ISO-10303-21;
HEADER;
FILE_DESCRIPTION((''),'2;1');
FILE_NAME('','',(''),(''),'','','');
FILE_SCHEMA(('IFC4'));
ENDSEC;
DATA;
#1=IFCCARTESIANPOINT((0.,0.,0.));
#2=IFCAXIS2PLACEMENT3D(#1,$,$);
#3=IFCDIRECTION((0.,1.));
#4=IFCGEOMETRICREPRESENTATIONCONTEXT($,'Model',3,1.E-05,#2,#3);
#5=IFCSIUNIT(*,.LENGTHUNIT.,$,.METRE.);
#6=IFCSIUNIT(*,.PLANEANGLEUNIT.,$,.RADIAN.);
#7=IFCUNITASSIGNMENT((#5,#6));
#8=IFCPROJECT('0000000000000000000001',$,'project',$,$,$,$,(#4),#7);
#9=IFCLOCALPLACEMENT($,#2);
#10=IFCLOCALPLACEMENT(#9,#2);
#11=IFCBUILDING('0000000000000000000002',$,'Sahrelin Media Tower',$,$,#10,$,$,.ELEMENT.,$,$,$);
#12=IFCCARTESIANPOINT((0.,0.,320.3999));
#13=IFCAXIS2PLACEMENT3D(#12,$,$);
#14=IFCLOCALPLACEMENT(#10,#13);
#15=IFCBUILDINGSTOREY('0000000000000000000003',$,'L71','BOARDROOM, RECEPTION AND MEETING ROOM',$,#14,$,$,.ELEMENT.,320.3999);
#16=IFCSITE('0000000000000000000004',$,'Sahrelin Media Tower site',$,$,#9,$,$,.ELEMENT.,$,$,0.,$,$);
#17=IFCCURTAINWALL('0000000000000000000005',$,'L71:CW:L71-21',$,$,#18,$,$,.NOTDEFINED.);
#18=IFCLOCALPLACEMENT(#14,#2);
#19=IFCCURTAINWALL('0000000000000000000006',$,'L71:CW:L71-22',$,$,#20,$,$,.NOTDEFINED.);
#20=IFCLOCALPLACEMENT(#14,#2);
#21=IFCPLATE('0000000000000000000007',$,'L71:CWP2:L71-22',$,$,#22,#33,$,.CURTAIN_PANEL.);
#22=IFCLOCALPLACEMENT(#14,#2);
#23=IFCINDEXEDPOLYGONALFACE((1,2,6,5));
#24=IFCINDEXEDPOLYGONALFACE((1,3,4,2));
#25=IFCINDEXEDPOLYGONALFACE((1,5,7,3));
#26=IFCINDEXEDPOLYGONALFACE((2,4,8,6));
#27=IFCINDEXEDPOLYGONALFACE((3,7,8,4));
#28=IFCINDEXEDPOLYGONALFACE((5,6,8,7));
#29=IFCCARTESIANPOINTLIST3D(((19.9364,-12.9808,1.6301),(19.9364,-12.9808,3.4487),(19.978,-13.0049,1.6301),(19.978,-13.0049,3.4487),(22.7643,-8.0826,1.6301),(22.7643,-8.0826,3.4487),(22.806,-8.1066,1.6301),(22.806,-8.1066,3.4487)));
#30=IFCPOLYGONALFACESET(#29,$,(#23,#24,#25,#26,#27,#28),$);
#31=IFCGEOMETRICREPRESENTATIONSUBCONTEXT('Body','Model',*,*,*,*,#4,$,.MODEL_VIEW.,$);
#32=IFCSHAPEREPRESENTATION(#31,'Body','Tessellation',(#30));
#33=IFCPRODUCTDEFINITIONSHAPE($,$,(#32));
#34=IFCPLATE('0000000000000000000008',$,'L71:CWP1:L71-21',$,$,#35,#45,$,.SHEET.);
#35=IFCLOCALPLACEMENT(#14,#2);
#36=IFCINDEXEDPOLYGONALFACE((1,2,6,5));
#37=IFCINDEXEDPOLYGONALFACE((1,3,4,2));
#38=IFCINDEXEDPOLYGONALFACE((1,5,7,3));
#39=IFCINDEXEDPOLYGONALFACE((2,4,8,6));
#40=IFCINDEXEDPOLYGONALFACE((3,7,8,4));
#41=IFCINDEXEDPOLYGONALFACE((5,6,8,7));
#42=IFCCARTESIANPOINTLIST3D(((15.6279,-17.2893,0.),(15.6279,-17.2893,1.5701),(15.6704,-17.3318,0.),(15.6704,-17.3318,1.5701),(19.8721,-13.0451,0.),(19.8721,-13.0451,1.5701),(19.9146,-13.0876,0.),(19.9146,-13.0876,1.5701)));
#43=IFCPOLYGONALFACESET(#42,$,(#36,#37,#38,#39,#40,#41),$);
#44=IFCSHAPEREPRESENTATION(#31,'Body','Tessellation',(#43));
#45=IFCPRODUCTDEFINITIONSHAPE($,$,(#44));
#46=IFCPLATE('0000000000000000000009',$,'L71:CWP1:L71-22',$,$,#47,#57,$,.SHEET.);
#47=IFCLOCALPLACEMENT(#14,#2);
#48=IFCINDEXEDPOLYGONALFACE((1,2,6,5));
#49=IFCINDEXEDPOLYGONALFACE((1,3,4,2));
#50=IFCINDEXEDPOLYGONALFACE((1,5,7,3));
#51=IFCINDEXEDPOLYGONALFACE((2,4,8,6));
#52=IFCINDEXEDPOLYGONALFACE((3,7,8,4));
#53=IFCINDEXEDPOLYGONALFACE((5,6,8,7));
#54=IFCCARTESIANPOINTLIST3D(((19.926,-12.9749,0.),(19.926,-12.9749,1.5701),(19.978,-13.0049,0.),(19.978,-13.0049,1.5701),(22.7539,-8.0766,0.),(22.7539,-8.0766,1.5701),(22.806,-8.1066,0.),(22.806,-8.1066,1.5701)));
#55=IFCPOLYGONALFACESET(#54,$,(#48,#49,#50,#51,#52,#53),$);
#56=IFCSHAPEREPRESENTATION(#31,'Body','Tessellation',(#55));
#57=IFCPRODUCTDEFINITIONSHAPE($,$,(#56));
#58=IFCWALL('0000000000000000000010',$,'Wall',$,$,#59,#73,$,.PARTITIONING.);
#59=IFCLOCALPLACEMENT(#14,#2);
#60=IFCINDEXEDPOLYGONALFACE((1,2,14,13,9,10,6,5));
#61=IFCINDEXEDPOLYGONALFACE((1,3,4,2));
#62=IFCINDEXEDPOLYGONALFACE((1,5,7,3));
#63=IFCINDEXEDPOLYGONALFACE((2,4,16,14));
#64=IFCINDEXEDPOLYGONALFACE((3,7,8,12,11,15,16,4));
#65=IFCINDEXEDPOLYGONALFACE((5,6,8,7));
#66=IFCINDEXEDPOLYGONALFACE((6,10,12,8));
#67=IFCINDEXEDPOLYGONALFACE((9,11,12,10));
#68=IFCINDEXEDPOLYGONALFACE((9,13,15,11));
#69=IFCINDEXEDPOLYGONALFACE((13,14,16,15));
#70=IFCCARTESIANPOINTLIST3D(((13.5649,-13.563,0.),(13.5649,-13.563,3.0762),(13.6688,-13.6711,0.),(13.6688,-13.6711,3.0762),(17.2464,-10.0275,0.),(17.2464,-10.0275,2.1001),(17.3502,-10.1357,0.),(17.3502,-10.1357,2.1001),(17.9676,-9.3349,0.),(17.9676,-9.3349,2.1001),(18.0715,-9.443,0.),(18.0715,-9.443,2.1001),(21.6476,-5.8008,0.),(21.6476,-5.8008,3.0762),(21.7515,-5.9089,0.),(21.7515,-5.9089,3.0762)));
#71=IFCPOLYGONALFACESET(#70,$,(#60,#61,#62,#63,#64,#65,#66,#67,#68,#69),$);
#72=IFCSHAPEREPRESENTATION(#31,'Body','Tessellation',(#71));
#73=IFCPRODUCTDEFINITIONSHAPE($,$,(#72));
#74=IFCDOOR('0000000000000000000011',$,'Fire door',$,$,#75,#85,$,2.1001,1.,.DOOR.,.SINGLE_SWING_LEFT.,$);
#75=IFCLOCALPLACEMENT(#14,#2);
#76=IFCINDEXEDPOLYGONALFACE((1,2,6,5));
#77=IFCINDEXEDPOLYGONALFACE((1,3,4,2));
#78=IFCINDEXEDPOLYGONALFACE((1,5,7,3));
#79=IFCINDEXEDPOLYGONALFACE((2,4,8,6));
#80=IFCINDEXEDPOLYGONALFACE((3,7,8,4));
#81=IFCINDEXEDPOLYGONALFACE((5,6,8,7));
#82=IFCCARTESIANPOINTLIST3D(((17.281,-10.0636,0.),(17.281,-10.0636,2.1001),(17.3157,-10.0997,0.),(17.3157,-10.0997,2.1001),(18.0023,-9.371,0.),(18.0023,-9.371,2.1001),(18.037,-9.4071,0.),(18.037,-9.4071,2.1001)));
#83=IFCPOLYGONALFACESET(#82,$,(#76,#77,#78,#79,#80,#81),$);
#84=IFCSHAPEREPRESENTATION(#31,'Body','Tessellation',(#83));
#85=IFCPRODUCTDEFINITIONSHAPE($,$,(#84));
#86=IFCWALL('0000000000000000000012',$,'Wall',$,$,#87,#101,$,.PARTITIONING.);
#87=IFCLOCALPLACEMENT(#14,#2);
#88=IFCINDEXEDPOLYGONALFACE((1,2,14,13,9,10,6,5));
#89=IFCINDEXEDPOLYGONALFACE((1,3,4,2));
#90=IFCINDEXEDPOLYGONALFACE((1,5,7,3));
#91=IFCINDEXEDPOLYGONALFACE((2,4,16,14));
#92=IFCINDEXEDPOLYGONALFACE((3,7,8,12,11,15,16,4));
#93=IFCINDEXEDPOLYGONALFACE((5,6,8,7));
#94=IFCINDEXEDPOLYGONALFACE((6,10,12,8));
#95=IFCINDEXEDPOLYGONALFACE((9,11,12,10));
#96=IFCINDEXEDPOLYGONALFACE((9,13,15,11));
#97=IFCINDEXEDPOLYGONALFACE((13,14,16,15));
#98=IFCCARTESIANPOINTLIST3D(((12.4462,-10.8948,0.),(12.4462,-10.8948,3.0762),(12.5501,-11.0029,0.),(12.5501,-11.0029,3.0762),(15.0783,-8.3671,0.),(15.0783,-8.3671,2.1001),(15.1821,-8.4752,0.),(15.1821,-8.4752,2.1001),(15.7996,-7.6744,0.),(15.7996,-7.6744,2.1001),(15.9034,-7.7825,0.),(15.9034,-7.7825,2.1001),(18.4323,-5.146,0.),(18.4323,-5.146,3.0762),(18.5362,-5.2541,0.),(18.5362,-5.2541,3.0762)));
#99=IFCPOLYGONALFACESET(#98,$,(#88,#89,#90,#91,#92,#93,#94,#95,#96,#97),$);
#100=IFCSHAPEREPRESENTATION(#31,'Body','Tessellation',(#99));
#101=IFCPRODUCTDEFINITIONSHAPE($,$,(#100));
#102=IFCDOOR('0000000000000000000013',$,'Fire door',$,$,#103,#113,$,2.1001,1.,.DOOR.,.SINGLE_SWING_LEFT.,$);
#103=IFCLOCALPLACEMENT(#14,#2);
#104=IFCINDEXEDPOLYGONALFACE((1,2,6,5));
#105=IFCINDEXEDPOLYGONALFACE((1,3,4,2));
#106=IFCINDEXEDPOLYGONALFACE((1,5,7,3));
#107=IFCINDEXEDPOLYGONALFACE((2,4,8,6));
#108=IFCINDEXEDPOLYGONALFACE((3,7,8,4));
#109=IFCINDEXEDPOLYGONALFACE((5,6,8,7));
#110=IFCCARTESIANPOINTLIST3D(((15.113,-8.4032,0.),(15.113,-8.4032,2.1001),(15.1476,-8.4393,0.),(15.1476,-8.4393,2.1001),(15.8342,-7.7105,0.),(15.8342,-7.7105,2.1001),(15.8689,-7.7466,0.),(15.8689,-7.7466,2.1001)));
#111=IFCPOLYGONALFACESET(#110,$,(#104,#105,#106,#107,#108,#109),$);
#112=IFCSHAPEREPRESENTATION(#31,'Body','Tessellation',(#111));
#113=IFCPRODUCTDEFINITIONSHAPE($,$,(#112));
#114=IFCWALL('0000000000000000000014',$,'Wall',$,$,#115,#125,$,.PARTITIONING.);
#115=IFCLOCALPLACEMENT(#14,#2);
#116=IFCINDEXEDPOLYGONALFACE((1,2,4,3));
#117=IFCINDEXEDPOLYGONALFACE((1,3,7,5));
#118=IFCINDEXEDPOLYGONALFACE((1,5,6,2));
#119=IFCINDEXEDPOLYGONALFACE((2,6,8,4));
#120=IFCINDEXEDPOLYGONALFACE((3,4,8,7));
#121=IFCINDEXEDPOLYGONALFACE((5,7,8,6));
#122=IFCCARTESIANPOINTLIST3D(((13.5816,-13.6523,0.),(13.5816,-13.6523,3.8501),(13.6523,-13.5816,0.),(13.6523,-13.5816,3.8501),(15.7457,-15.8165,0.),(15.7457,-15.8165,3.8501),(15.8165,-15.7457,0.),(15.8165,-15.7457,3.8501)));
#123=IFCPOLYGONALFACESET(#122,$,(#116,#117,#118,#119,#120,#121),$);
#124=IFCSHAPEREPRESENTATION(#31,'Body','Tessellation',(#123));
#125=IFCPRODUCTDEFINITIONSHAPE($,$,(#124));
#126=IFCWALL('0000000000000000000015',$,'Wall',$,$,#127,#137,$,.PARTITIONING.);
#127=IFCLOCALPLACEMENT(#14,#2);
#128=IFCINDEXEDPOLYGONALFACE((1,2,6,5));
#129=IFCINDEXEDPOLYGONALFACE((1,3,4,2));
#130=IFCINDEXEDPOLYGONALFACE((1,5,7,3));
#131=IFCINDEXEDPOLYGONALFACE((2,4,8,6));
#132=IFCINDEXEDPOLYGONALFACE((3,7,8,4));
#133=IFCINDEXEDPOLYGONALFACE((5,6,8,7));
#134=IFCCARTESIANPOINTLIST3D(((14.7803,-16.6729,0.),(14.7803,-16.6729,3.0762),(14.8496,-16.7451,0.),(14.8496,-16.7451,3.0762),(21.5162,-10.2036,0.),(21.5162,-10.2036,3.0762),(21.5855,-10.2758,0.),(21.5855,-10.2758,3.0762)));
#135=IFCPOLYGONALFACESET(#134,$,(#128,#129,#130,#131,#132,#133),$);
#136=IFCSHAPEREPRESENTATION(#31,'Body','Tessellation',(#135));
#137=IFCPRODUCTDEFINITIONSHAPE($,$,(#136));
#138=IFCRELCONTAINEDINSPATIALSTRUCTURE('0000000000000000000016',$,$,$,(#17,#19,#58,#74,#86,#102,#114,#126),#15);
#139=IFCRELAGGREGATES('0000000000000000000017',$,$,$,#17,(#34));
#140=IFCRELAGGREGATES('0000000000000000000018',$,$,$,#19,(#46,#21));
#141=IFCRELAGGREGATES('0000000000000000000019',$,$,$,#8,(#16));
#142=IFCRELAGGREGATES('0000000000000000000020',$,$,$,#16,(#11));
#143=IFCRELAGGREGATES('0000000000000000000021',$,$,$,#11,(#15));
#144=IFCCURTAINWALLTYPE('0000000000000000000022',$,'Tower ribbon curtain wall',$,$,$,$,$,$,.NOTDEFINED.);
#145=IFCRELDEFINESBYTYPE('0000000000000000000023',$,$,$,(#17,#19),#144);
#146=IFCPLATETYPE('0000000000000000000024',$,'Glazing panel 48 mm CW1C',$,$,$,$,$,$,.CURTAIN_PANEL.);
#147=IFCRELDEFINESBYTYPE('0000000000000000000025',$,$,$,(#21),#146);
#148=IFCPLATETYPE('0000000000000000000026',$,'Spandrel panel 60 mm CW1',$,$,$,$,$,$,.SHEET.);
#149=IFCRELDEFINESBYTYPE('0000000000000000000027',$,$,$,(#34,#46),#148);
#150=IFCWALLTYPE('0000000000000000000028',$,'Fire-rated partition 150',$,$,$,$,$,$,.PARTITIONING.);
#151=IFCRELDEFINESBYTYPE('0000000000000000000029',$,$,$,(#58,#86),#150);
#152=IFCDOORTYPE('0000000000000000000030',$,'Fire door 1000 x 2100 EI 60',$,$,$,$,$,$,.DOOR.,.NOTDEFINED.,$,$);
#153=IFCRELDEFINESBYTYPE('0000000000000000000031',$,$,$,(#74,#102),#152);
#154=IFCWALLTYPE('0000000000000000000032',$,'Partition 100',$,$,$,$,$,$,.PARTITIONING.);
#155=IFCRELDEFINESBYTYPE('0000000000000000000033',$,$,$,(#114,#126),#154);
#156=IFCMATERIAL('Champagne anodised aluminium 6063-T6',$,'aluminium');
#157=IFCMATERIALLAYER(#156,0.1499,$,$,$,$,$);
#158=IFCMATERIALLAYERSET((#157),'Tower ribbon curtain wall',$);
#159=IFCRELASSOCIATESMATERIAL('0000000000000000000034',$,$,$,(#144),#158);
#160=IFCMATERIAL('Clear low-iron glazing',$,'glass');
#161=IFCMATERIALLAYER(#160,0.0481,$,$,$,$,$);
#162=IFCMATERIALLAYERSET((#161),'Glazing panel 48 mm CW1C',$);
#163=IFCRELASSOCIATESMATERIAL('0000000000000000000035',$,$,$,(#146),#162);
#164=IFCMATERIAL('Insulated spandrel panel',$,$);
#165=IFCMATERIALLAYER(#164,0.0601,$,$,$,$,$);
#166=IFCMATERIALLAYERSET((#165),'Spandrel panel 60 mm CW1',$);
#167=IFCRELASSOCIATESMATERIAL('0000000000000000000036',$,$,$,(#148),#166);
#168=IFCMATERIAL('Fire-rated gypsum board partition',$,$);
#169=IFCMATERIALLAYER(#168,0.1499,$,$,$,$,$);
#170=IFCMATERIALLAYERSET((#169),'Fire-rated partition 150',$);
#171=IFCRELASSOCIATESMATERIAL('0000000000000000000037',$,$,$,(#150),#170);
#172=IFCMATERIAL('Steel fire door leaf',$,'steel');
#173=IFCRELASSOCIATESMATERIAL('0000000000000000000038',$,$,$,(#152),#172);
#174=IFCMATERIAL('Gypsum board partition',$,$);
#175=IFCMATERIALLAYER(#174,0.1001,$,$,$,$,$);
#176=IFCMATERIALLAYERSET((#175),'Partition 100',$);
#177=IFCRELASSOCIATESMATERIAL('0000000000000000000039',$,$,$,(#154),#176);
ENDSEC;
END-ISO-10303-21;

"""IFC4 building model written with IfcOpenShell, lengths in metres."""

from ifc_helpers import new_model, si_unit, direction, frame, frame_2d, origin, place, context, subcontext, project, spatial, polyline, rectangle, outline, extrude, material, layer, layer_set, type_object, element, fill, aggregate, save


model = new_model("IFC4")

# Units and contexts
model_context = context("Model", 3, precision=1e-05, world=origin(), true_north=direction((0.0, 1.0)))
body_context = subcontext(model_context, "Body", "Model", "MODEL_VIEW")
ifc_project = project(units=[si_unit("LENGTHUNIT", "METRE"), si_unit("PLANEANGLEUNIT", "RADIAN")], contexts=[model_context])

# Site, building, storey
site_placement = place(None, origin())
site = spatial("IfcSite", under=ifc_project, at=site_placement, Name="Sahrelin Media Tower site", CompositionType="ELEMENT", RefElevation=0.0)
building_placement = place(site_placement, origin())
building = spatial("IfcBuilding", under=site, at=building_placement, Name="Sahrelin Media Tower", CompositionType="ELEMENT")
storey_placement = place(building_placement, frame((0.0, 0.0, 320.3999)))
storey = spatial("IfcBuildingStorey", under=building, at=storey_placement, Name="L71", Description="BOARDROOM, RECEPTION AND MEETING ROOM", CompositionType="ELEMENT", Elevation=320.3999)

# Curtain wall
ifc_material_1 = material(Name="Champagne anodised aluminium 6063-T6", Category="aluminium")
ifc_layer_1 = layer(ifc_material_1, 0.1499)
ifc_layer_set_1 = layer_set([ifc_layer_1], Name="Tower ribbon curtain wall")
curtain_wall_type = type_object("IfcCurtainWallType", Name="Tower ribbon curtain wall", PredefinedType="NOTDEFINED", material=ifc_layer_set_1)
curtain_wall_1_placement = place(storey_placement, frame((17.7783, -15.1956, 0.0), z_axis=(0.0, 0.0, 1.0), x_axis=(1.0, 0.0, 0.0)))
curtain_wall_1 = element("IfcCurtainWall", 1, at=curtain_wall_1_placement, inside=storey, type_object=curtain_wall_type, Name="L71:CW:L71-21", PredefinedType="NOTDEFINED")

# Curtain wall
curtain_wall_2_placement = place(storey_placement, frame((21.3748, -10.5459, 0.0), z_axis=(0.0, 0.0, 1.0), x_axis=(1.0, 0.0, 0.0)))
curtain_wall_2 = element("IfcCurtainWall", 2, at=curtain_wall_2_placement, inside=storey, type_object=curtain_wall_type, Name="L71:CW:L71-22", PredefinedType="NOTDEFINED")

# Plates
ifc_material_2 = material(Name="Clear low-iron glazing", Category="glass")
ifc_layer_2 = layer(ifc_material_2, 0.0481)
ifc_layer_set_2 = layer_set([ifc_layer_2], Name="Glazing panel 48 mm CW1C")
plate_type_1 = type_object("IfcPlateType", Name="Glazing panel 48 mm CW1C", PredefinedType="CURTAIN_PANEL", material=ifc_layer_set_2)
plate_1_placement = place(storey_placement, frame((19.978, -13.0049, 1.6301), z_axis=(0.866032, -0.499988, 0.0), x_axis=(0.499988, 0.866032, 0.0)))
plate_1 = element("IfcPlate", 3, at=plate_1_placement, type_object=plate_type_1, Name="L71:CWP2:L71-22", PredefinedType="CURTAIN_PANEL", context=body_context, shape_type="SweptSolid", body=[
    extrude(outline(polyline([(0.0, 0.0), (5.656, 0.0), (5.656, 1.8186), (0.0, 1.8186), (0.0, 0.0)])), origin(), (0.0, 0.0, -1.0), 0.0481),
])
ifc_material_3 = material(Name="Insulated spandrel panel")
ifc_layer_3 = layer(ifc_material_3, 0.0601)
ifc_layer_set_3 = layer_set([ifc_layer_3], Name="Spandrel panel 60 mm CW1")
plate_type_2 = type_object("IfcPlateType", Name="Spandrel panel 60 mm CW1", PredefinedType="SHEET", material=ifc_layer_set_3)
plate_2_placement = place(storey_placement, frame((15.6704, -17.3318, 0.0), z_axis=(0.707107, -0.707107, 0.0), x_axis=(0.707107, 0.707107, 0.0)))
plate_2 = element("IfcPlate", 4, at=plate_2_placement, type_object=plate_type_2, Name="L71:CWP1:L71-21", PredefinedType="SHEET", context=body_context, shape_type="SweptSolid", body=[
    extrude(outline(polyline([(0.0, 0.0), (6.0022, 0.0), (6.0022, 1.5701), (0.0, 1.5701), (0.0, 0.0)])), origin(), (0.0, 0.0, -1.0), 0.0601),
])
aggregate(curtain_wall_1, [plate_2])
plate_3_placement = place(storey_placement, frame((19.978, -13.0049, 0.0), z_axis=(0.866032, -0.499988, 0.0), x_axis=(0.499988, 0.866032, 0.0)))
plate_3 = element("IfcPlate", 5, at=plate_3_placement, type_object=plate_type_2, Name="L71:CWP1:L71-22", PredefinedType="SHEET", context=body_context, shape_type="SweptSolid", body=[
    extrude(outline(polyline([(0.0, 0.0), (5.656, 0.0), (5.656, 1.5701), (0.0, 1.5701), (0.0, 0.0)])), origin(), (0.0, 0.0, -1.0), 0.0601),
])
aggregate(curtain_wall_2, [plate_3, plate_1])

# Walls, openings, doors
ifc_material_4 = material(Name="Fire-rated gypsum board partition")
ifc_layer_4 = layer(ifc_material_4, 0.1499)
ifc_layer_set_4 = layer_set([ifc_layer_4], Name="Fire-rated partition 150")
wall_type_1 = type_object("IfcWallType", Name="Fire-rated partition 150", PredefinedType="PARTITIONING", material=ifc_layer_set_4)
wall_1_placement = place(storey_placement, frame((13.6169, -13.6169, 0.0), z_axis=(0.0, 0.0, 1.0), x_axis=(0.721265, 0.69266, 0.0)))
wall_1 = element("IfcWall", 6, at=wall_1_placement, inside=storey, type_object=wall_type_1, Name="Wall", PredefinedType="PARTITIONING", context=body_context, shape_type="SweptSolid", body=[
    extrude(rectangle(XDim=11.2063, YDim=0.1499, at=frame_2d((5.603, 0.0))), origin(), (0.0, 0.0, 1.0), 3.0762),
])
opening_1_placement = place(wall_1_placement, frame((5.104, 0.0, 0.0)))
opening_1 = element("IfcOpeningElement", 7, at=opening_1_placement, cuts=wall_1, PredefinedType="OPENING", context=body_context, shape_type="SweptSolid", body=[
    extrude(rectangle(XDim=1.0, YDim=2.1001, at=frame_2d((0.5, 1.05))), frame((0.0, 0.075, 0.0), z_axis=(0.0, -1.0, 0.0), x_axis=(1.0, 0.0, 0.0)), (0.0, 0.0, 1.0), 0.1499),
])
ifc_material_5 = material(Name="Steel fire door leaf", Category="steel")
door_type = type_object("IfcDoorType", Name="Fire door 1000 x 2100 EI 60", OperationType="NOTDEFINED", PredefinedType="DOOR", material=ifc_material_5)
door_1_placement = place(opening_1_placement, origin())
door_1 = element("IfcDoor", 8, at=door_1_placement, inside=storey, type_object=door_type, Name="Fire door", OperationType="SINGLE_SWING_LEFT", OverallHeight=2.1001, OverallWidth=1.0, PredefinedType="DOOR", context=body_context, shape_type="SweptSolid", body=[
    extrude(rectangle(XDim=1.0, YDim=2.1001, at=frame_2d((0.5, 1.05))), frame((0.0, 0.0249, 0.0), z_axis=(0.0, -1.0, 0.0), x_axis=(1.0, 0.0, 0.0)), (0.0, 0.0, 1.0), 0.05),
])
fill(opening_1, door_1)
wall_2_placement = place(storey_placement, frame((12.498, -10.949, 0.0), z_axis=(0.0, 0.0, 1.0), x_axis=(0.721259, 0.692666, 0.0)))
wall_2 = element("IfcWall", 9, at=wall_2_placement, inside=storey, type_object=wall_type_1, Name="Wall", PredefinedType="PARTITIONING", context=body_context, shape_type="SweptSolid", body=[
    extrude(rectangle(XDim=8.2996, YDim=0.1499, at=frame_2d((4.1499, 0.0))), origin(), (0.0, 0.0, 1.0), 3.0762),
])
opening_2_placement = place(wall_2_placement, frame((3.6494, 0.0, 0.0)))
opening_2 = element("IfcOpeningElement", 10, at=opening_2_placement, cuts=wall_2, PredefinedType="OPENING", context=body_context, shape_type="SweptSolid", body=[
    extrude(rectangle(XDim=1.0, YDim=2.1001, at=frame_2d((0.5, 1.05))), frame((0.0, 0.075, 0.0), z_axis=(0.0, -1.0, 0.0), x_axis=(1.0, 0.0, 0.0)), (0.0, 0.0, 1.0), 0.1499),
])
door_2_placement = place(opening_2_placement, origin())
door_2 = element("IfcDoor", 11, at=door_2_placement, inside=storey, type_object=door_type, Name="Fire door", OperationType="SINGLE_SWING_LEFT", OverallHeight=2.1001, OverallWidth=1.0, PredefinedType="DOOR", context=body_context, shape_type="SweptSolid", body=[
    extrude(rectangle(XDim=1.0, YDim=2.1001, at=frame_2d((0.5, 1.05))), frame((0.0, 0.0249, 0.0), z_axis=(0.0, -1.0, 0.0), x_axis=(1.0, 0.0, 0.0)), (0.0, 0.0, 1.0), 0.05),
])
fill(opening_2, door_2)

# Walls
ifc_material_6 = material(Name="Gypsum board partition")
ifc_layer_5 = layer(ifc_material_6, 0.1001)
ifc_layer_set_5 = layer_set([ifc_layer_5], Name="Partition 100")
wall_type_2 = type_object("IfcWallType", Name="Partition 100", PredefinedType="PARTITIONING", material=ifc_layer_set_5)
wall_3_placement = place(storey_placement, frame((13.6169, -13.6169, 0.0), z_axis=(0.0, 0.0, 1.0), x_axis=(0.707107, -0.707107, 0.0)))
element("IfcWall", 12, at=wall_3_placement, inside=storey, type_object=wall_type_2, Name="Wall", PredefinedType="PARTITIONING", context=body_context, shape_type="SweptSolid", body=[
    extrude(rectangle(XDim=3.0605, YDim=0.1001, at=frame_2d((1.5303, 0.0))), origin(), (0.0, 0.0, 1.0), 3.8501),
])
wall_4_placement = place(storey_placement, frame((14.8149, -16.709, 0.0), z_axis=(0.0, 0.0, 1.0), x_axis=(0.721236, 0.69269, 0.0)))
element("IfcWall", 13, at=wall_4_placement, inside=storey, type_object=wall_type_2, Name="Wall", PredefinedType="PARTITIONING", context=body_context, shape_type="SweptSolid", body=[
    extrude(rectangle(XDim=9.3394, YDim=0.1001, at=frame_2d((4.6697, 0.0))), origin(), (0.0, 0.0, 1.0), 3.0762),
])

save(model, "model.ifc")
